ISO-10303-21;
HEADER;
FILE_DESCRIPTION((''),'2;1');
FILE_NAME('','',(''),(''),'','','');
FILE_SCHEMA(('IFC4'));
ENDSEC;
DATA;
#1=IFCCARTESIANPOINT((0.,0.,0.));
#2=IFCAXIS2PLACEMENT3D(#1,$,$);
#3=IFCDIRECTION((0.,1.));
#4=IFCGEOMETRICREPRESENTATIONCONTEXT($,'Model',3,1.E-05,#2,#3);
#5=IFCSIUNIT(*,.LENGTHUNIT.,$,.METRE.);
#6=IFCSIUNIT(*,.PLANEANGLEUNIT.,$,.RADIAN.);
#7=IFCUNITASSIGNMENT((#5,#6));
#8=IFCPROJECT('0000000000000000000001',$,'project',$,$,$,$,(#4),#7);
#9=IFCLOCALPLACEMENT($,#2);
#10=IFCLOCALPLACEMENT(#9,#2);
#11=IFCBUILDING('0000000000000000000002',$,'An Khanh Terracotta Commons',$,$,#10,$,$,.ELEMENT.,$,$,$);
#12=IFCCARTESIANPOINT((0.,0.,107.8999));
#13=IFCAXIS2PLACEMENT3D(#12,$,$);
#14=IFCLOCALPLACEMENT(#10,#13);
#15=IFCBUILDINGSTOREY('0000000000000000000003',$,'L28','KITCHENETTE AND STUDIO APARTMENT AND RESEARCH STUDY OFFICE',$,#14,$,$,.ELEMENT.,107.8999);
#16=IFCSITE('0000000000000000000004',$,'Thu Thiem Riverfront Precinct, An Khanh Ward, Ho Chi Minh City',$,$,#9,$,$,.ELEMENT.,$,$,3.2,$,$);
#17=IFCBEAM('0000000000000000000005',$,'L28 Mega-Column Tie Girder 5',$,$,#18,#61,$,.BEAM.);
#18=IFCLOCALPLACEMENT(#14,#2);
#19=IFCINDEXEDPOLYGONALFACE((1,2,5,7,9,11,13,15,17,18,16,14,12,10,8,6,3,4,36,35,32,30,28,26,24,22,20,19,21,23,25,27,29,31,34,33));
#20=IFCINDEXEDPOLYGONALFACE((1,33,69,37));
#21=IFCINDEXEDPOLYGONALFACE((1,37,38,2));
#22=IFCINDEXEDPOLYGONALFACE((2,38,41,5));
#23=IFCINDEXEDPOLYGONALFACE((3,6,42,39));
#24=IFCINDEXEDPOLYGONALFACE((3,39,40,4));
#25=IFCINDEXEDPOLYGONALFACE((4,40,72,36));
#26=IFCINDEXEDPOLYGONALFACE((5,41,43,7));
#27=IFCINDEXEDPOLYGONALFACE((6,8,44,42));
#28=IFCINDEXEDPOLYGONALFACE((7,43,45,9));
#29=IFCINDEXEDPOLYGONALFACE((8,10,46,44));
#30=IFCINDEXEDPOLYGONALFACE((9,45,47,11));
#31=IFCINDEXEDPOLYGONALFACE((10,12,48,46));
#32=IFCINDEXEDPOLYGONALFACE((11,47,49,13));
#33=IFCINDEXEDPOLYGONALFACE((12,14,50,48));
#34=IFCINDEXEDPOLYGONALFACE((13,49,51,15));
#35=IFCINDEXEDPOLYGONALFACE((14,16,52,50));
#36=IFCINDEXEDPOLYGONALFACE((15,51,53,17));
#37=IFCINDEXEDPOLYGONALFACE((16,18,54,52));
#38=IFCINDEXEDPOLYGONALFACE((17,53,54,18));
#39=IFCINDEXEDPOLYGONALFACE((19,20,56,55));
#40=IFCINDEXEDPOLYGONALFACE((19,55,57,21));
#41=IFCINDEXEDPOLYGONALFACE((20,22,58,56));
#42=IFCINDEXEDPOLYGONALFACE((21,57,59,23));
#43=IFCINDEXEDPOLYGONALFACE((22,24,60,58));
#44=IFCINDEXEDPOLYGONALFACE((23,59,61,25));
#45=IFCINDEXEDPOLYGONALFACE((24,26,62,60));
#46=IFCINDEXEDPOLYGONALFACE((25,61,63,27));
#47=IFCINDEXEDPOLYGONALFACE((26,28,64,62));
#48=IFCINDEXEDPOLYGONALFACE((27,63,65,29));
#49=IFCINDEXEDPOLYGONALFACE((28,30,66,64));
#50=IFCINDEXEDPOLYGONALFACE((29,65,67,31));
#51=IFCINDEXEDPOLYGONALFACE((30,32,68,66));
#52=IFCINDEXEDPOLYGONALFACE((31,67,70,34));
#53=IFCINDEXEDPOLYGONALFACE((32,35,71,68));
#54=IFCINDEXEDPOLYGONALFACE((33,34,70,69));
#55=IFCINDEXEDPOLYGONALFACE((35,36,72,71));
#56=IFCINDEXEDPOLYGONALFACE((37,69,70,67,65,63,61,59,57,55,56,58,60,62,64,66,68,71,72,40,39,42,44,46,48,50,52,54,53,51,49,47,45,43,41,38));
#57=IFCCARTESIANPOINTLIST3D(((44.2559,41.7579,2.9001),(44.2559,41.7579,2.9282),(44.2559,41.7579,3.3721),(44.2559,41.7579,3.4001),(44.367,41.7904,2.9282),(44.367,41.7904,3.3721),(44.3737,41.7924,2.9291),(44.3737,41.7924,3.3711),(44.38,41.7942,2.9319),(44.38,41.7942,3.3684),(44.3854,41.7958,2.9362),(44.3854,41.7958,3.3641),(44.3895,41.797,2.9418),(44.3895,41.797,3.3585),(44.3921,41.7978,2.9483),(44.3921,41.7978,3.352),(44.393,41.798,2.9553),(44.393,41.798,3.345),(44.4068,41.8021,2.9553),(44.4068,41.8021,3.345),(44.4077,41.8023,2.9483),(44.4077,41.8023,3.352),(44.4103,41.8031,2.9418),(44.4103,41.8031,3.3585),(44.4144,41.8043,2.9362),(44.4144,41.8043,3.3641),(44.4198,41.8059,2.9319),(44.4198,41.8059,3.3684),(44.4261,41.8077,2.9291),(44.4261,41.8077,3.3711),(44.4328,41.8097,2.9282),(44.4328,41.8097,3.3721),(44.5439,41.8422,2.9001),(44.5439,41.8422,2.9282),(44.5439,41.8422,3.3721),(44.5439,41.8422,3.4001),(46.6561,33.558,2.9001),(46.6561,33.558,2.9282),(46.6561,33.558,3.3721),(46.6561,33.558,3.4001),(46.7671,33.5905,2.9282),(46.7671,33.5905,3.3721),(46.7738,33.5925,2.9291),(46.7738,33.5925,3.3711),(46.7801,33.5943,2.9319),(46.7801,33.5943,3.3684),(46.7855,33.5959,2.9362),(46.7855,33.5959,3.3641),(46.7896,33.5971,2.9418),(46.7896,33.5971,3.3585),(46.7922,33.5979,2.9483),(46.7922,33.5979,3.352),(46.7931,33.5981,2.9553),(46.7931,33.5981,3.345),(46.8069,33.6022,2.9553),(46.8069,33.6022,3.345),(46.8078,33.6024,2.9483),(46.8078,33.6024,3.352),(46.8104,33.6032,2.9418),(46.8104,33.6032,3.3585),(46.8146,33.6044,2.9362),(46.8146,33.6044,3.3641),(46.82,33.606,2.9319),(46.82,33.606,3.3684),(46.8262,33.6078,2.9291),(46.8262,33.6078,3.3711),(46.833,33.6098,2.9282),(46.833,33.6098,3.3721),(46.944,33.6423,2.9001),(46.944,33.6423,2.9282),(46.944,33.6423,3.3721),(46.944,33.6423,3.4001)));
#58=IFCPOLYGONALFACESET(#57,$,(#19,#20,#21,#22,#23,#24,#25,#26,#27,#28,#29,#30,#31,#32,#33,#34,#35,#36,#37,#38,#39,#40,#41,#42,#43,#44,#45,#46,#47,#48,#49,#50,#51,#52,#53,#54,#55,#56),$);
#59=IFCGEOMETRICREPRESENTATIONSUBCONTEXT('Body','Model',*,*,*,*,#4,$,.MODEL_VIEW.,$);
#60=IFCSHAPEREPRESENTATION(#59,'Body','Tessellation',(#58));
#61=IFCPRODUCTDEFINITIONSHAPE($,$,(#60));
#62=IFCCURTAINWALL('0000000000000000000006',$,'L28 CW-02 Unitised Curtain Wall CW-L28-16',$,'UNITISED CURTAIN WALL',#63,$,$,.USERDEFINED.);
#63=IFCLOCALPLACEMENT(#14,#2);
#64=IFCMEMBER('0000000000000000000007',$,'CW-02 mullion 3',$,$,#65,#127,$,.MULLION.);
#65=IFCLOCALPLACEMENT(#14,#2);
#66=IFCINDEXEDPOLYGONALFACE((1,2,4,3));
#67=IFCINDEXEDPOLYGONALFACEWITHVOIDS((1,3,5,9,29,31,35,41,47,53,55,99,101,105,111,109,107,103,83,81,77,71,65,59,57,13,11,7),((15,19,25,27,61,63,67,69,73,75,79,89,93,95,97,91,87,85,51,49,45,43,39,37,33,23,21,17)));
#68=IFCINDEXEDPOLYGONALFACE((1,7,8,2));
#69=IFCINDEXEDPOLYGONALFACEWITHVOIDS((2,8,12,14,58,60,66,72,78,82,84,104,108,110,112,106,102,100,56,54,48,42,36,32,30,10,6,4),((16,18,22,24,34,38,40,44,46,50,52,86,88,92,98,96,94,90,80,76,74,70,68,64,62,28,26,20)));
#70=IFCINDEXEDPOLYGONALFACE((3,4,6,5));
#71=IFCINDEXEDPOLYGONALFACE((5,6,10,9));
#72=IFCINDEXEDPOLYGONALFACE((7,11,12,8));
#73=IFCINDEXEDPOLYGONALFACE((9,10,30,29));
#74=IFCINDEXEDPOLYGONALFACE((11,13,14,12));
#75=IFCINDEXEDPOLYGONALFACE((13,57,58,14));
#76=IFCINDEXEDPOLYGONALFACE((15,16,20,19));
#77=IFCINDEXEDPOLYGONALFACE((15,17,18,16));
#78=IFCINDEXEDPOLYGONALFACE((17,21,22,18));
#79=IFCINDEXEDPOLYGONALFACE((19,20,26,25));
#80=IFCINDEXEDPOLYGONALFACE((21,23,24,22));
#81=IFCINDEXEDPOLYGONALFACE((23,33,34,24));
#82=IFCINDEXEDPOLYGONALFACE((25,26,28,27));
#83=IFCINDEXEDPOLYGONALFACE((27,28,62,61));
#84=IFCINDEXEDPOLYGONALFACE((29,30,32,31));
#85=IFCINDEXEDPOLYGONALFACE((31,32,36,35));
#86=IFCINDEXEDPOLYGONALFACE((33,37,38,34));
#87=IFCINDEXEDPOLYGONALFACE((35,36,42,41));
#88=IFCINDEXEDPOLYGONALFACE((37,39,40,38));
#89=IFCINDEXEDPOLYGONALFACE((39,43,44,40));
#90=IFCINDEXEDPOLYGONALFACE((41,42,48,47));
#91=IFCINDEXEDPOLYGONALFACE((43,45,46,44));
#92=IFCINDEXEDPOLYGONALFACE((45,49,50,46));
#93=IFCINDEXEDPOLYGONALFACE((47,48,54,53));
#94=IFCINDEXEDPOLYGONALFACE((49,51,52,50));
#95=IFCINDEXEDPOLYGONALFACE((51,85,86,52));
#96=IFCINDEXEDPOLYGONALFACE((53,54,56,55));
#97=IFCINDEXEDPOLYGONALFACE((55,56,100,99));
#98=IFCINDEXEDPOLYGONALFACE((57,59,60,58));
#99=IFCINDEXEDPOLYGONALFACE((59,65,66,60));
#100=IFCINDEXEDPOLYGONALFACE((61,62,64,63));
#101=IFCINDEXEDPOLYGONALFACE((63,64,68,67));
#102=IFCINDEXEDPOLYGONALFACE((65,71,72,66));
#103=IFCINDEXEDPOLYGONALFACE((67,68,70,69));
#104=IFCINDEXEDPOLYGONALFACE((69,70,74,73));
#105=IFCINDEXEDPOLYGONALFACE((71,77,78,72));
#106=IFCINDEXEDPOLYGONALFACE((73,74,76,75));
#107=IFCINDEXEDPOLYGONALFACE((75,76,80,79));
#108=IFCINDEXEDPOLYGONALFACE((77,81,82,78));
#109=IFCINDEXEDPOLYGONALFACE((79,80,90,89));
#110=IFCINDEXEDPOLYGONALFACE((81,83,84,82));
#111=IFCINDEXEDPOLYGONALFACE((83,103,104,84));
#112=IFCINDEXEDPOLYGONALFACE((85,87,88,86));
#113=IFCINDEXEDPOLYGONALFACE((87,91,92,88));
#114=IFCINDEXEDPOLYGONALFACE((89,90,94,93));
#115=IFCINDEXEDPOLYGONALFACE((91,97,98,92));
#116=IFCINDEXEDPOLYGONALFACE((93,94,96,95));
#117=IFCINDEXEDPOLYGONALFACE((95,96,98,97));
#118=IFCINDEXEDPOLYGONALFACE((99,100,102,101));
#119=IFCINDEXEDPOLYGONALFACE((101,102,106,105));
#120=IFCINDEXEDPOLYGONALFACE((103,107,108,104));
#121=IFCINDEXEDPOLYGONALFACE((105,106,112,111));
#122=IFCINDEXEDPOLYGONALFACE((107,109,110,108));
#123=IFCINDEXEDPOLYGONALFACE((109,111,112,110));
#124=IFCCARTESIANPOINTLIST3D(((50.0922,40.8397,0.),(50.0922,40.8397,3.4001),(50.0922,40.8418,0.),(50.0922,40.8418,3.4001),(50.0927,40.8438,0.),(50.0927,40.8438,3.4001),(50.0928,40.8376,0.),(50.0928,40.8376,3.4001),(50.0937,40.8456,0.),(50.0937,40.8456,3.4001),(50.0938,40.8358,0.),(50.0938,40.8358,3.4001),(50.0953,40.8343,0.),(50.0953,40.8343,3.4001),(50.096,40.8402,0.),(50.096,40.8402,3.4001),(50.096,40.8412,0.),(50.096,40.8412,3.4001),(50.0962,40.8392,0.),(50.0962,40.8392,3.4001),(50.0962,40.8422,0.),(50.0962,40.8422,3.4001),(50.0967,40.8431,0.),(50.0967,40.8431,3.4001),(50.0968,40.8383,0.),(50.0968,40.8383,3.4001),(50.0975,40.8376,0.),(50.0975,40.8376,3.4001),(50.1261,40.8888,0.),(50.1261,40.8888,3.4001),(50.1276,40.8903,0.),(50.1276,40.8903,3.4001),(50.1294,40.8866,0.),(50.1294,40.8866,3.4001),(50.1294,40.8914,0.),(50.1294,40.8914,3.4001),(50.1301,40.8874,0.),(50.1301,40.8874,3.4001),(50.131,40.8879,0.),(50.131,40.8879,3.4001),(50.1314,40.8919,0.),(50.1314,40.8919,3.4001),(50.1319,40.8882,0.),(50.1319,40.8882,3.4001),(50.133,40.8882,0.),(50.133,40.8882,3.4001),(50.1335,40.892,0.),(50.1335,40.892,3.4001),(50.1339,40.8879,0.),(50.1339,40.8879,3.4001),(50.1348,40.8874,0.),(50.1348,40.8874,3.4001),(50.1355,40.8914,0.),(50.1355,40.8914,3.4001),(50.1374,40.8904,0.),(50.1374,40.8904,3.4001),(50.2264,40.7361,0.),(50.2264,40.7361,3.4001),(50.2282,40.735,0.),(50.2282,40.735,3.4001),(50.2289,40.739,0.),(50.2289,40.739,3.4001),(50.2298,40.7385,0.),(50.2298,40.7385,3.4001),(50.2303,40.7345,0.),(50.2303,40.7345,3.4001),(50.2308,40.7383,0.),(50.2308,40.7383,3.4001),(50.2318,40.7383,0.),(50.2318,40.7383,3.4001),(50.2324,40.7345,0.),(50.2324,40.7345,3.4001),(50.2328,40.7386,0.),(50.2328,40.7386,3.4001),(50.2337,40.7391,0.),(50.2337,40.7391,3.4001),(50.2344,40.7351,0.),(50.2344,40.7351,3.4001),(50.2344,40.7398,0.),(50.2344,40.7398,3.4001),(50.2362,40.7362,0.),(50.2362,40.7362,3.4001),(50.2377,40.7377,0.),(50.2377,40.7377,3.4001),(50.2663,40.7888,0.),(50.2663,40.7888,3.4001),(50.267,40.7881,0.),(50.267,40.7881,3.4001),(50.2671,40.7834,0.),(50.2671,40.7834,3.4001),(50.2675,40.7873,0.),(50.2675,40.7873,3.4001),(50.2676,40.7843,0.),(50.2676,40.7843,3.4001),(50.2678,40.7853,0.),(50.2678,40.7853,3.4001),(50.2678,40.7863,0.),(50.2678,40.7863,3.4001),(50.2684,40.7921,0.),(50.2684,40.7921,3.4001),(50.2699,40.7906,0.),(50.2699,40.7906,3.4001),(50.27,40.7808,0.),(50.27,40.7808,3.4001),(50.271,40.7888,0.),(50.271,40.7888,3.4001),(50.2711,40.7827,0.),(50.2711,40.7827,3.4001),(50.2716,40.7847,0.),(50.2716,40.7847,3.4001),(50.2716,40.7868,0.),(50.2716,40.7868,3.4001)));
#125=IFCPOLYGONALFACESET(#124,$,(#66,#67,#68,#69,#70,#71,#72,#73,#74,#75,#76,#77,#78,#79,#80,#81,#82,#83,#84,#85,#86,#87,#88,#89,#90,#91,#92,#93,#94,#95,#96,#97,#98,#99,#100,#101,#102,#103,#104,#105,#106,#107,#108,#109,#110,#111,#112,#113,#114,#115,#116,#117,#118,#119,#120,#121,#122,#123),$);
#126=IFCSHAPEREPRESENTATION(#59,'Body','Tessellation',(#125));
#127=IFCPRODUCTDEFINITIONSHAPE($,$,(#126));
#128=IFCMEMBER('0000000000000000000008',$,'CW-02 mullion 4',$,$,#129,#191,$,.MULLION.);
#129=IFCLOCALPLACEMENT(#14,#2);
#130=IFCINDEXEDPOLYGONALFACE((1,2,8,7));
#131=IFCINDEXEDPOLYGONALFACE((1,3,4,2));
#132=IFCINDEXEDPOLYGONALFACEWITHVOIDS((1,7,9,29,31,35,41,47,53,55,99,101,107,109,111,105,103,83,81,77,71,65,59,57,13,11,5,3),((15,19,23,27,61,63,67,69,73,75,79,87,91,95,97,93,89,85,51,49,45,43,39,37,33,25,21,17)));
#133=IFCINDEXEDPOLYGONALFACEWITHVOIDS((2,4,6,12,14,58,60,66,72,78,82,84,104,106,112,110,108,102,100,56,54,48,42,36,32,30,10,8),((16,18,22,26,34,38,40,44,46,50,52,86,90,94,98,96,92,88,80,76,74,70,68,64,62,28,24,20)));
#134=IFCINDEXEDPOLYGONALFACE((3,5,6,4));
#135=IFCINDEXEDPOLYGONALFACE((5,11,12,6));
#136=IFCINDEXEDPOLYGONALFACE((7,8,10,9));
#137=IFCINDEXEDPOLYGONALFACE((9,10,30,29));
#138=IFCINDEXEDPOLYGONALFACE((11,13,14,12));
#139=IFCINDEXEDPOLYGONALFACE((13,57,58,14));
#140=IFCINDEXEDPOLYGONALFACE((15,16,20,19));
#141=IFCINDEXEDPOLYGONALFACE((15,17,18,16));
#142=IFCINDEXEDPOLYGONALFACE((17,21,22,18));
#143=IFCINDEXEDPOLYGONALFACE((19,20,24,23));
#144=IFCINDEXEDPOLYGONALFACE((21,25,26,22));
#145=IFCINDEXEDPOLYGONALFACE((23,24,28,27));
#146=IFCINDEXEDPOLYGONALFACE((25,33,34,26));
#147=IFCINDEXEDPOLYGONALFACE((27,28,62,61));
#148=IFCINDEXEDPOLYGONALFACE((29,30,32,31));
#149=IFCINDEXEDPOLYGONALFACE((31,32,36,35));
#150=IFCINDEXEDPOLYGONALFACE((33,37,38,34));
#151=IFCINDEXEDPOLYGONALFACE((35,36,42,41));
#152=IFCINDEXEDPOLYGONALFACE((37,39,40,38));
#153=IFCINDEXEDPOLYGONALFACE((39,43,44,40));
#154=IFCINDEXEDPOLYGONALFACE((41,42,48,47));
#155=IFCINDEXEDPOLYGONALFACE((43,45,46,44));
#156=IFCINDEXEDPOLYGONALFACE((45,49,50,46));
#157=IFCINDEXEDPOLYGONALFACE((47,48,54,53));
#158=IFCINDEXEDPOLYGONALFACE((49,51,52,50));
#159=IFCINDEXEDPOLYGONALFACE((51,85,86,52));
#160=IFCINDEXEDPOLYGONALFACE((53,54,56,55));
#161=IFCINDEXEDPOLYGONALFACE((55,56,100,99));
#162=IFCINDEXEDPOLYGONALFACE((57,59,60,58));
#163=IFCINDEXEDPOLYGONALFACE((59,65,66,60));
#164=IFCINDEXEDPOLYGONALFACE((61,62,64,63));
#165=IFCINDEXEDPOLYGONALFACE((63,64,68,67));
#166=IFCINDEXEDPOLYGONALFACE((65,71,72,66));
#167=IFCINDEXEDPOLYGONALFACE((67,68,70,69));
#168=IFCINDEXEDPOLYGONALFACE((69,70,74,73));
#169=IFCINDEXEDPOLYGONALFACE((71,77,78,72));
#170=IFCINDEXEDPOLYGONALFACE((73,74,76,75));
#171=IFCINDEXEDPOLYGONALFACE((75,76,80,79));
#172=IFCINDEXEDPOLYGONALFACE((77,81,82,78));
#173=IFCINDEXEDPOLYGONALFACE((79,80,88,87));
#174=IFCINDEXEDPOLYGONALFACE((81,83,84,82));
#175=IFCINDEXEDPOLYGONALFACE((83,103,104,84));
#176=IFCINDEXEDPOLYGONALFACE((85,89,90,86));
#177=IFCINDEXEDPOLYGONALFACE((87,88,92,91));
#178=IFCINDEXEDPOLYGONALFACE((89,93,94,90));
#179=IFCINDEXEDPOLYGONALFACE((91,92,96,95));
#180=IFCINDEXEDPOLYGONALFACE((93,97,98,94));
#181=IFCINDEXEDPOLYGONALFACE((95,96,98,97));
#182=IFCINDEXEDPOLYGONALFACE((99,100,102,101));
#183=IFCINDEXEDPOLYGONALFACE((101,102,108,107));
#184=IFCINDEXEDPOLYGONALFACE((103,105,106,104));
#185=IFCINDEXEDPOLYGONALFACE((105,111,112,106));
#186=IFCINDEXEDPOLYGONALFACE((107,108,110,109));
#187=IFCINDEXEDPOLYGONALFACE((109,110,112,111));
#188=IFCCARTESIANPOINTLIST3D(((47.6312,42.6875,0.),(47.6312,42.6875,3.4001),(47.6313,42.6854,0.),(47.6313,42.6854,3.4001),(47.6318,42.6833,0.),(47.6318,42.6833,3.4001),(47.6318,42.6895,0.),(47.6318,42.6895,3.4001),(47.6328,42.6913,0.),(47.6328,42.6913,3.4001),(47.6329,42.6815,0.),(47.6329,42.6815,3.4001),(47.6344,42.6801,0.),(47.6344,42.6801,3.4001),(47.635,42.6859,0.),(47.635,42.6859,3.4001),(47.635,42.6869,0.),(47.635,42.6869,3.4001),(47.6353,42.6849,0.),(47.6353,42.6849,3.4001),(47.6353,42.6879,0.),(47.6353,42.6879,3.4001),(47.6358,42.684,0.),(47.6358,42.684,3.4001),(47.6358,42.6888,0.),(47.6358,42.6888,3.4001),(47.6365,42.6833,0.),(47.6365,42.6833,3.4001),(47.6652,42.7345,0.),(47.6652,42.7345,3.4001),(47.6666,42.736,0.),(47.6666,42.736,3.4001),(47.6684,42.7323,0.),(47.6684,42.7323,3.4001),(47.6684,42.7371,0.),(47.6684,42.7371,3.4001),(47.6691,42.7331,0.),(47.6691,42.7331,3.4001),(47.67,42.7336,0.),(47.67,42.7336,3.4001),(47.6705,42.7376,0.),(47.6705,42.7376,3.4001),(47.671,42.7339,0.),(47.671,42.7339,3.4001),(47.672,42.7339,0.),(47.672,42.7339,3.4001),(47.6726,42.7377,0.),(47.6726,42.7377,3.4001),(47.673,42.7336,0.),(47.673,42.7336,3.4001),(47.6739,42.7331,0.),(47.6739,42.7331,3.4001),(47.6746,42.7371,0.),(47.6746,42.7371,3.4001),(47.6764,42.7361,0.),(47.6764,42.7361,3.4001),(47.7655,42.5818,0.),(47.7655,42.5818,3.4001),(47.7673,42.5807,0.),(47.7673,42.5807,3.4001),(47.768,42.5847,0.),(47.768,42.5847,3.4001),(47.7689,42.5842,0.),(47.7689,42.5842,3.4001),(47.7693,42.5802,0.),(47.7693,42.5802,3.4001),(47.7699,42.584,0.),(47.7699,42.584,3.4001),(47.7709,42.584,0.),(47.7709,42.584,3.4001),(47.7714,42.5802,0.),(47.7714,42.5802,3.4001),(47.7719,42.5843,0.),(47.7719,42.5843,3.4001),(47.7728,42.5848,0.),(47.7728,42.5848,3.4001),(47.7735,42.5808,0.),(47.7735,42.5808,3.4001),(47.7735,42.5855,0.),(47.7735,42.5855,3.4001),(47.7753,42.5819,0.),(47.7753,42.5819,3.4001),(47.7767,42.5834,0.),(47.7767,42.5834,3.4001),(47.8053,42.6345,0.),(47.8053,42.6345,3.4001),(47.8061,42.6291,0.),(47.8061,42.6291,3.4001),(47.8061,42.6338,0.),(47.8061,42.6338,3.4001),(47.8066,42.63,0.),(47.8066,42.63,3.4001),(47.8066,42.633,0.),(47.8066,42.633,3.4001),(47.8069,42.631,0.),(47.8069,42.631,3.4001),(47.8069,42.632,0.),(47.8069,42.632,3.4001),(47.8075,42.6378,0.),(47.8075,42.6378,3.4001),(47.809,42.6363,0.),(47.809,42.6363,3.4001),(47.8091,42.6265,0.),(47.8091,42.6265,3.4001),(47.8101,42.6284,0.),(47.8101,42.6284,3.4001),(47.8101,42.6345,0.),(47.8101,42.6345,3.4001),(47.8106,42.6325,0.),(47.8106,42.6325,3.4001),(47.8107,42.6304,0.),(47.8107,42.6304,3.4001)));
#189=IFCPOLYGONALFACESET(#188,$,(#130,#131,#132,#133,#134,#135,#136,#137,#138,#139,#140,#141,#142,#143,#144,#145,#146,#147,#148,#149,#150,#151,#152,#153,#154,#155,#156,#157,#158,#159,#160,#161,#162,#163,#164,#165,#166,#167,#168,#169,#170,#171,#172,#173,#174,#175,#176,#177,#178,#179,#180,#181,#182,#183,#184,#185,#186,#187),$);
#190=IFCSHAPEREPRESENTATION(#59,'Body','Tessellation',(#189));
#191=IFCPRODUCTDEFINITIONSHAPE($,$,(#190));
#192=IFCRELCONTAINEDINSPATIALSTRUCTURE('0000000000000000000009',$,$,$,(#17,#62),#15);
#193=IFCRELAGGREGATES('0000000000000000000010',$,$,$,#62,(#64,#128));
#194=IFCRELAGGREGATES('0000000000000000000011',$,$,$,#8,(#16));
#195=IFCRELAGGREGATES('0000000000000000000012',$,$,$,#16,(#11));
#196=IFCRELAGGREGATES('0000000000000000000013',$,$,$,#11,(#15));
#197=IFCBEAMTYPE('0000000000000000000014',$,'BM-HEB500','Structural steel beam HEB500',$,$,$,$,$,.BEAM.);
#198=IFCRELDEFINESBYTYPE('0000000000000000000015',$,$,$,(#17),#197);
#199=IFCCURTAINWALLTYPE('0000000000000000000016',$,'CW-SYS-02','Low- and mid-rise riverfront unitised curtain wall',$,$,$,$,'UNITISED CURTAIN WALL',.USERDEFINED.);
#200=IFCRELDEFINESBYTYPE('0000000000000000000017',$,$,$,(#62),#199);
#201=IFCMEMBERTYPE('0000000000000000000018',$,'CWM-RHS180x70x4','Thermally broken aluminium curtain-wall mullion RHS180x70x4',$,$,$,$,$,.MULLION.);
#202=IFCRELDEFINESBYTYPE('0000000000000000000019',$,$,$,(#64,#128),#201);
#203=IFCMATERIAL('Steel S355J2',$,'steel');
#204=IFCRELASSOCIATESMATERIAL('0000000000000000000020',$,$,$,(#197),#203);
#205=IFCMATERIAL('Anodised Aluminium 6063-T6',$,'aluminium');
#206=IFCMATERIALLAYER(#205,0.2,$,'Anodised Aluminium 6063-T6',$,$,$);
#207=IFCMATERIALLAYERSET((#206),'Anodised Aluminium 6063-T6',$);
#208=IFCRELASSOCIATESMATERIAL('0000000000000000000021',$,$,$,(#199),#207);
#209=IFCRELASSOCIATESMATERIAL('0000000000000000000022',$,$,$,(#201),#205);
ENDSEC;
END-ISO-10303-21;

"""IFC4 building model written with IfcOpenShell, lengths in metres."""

from ifc_helpers import new_model, si_unit, direction, frame, origin, origin_2d, place, context, subcontext, project, spatial, hollow_rectangle, i_section, extrude, material, layer, layer_set, material_profile, profile_set, type_object, element, aggregate, save


model = new_model("IFC4")

# Units and contexts
model_context = context("Model", 3, precision=1e-05, world=origin(), true_north=direction((0.0, 1.0)))
body_context = subcontext(model_context, "Body", "Model", "MODEL_VIEW")
ifc_project = project(units=[si_unit("LENGTHUNIT", "METRE"), si_unit("PLANEANGLEUNIT", "RADIAN")], contexts=[model_context])

# Site, building, storey
site_placement = place(None, origin())
site = spatial("IfcSite", under=ifc_project, at=site_placement, Name="Thu Thiem Riverfront Precinct, An Khanh Ward, Ho Chi Minh City", CompositionType="ELEMENT", RefElevation=3.2)
building_placement = place(site_placement, origin())
building = spatial("IfcBuilding", under=site, at=building_placement, Name="An Khanh Terracotta Commons", CompositionType="ELEMENT")
storey_placement = place(building_placement, frame((0.0, 0.0, 107.8999)))
storey = spatial("IfcBuildingStorey", under=building, at=storey_placement, Name="L28", Description="KITCHENETTE AND STUDIO APARTMENT AND RESEARCH STUDY OFFICE", CompositionType="ELEMENT", Elevation=107.8999)

# Beam
ifc_material_1 = material(Name="Steel S355J2", Category="steel")
ifc_material_profile_1 = material_profile(ifc_material_1, i_section(OverallWidth=0.3, OverallDepth=0.5, WebThickness=0.0144, FlangeThickness=0.0281, FilletRadius=0.0271, at=origin_2d()), Name="HEB500")
ifc_profile_set_1 = profile_set([ifc_material_profile_1], Name="Steel S355J2")
beam_type = type_object("IfcBeamType", Name="BM-HEB500", Description="Structural steel beam HEB500", PredefinedType="BEAM", material=ifc_profile_set_1)
beam_1_placement = place(storey_placement, frame((44.3999, 41.8, 3.1501), z_axis=(0.280916, -0.959732, 0.0), x_axis=(0.959732, 0.280916, 0.0)))
element("IfcBeam", 1, at=beam_1_placement, inside=storey, type_object=beam_type, Name="L28 Mega-Column Tie Girder 5", PredefinedType="BEAM", context=body_context, shape_type="SweptSolid", body=[
    extrude(i_section(OverallWidth=0.3, OverallDepth=0.5, WebThickness=0.0144, FlangeThickness=0.0281, FilletRadius=0.0271, at=origin_2d()), origin(), (0.0, 0.0, 1.0), 8.5439),
])

# Curtain wall, members
ifc_material_2 = material(Name="Anodised Aluminium 6063-T6", Category="aluminium")
ifc_layer_1 = layer(ifc_material_2, 0.2, Name="Anodised Aluminium 6063-T6")
ifc_layer_set_1 = layer_set([ifc_layer_1], Name="Anodised Aluminium 6063-T6")
curtain_wall_type = type_object("IfcCurtainWallType", Name="CW-SYS-02", Description="Low- and mid-rise riverfront unitised curtain wall", ElementType="UNITISED CURTAIN WALL", PredefinedType="USERDEFINED", material=ifc_layer_set_1)
curtain_wall_placement = place(storey_placement, origin())
curtain_wall = element("IfcCurtainWall", 2, at=curtain_wall_placement, inside=storey, type_object=curtain_wall_type, Name="L28 CW-02 Unitised Curtain Wall CW-L28-16", ObjectType="UNITISED CURTAIN WALL", PredefinedType="USERDEFINED")
ifc_material_profile_2 = material_profile(ifc_material_2, hollow_rectangle(XDim=0.0701, YDim=0.1799, WallThickness=0.0039, InnerFilletRadius=0.0039, OuterFilletRadius=0.0081, at=origin_2d()), Name="RHS180x70x4")
ifc_profile_set_2 = profile_set([ifc_material_profile_2], Name="Anodised Aluminium 6063-T6")
member_type_1 = type_object("IfcMemberType", Name="CWM-RHS180x70x4", Description="Thermally broken aluminium curtain-wall mullion RHS180x70x4", PredefinedType="MULLION", material=ifc_profile_set_2)
member_1_placement = place(storey_placement, frame((50.1819, 40.8132, 0.0), z_axis=(0.0, 0.0, 1.0), x_axis=(-0.599983, -0.800013, 0.0)))
member_1 = element("IfcMember", 3, at=member_1_placement, type_object=member_type_1, Name="CW-02 mullion 3", PredefinedType="MULLION", context=body_context, shape_type="SweptSolid", body=[
    extrude(hollow_rectangle(XDim=0.0701, YDim=0.1799, WallThickness=0.0039, InnerFilletRadius=0.0039, OuterFilletRadius=0.0081, at=origin_2d()), origin(), (0.0, 0.0, 1.0), 3.4001),
])
member_2_placement = place(storey_placement, frame((47.7209, 42.6589, 0.0), z_axis=(0.0, 0.0, 1.0), x_axis=(-0.599983, -0.800013, 0.0)))
member_2 = element("IfcMember", 4, at=member_2_placement, type_object=member_type_1, Name="CW-02 mullion 4", PredefinedType="MULLION", context=body_context, shape_type="SweptSolid", body=[
    extrude(hollow_rectangle(XDim=0.0701, YDim=0.1799, WallThickness=0.0039, InnerFilletRadius=0.0039, OuterFilletRadius=0.0081, at=origin_2d()), origin(), (0.0, 0.0, 1.0), 3.4001),
])
aggregate(curtain_wall, [member_1, member_2])

save(model, "model.ifc")
